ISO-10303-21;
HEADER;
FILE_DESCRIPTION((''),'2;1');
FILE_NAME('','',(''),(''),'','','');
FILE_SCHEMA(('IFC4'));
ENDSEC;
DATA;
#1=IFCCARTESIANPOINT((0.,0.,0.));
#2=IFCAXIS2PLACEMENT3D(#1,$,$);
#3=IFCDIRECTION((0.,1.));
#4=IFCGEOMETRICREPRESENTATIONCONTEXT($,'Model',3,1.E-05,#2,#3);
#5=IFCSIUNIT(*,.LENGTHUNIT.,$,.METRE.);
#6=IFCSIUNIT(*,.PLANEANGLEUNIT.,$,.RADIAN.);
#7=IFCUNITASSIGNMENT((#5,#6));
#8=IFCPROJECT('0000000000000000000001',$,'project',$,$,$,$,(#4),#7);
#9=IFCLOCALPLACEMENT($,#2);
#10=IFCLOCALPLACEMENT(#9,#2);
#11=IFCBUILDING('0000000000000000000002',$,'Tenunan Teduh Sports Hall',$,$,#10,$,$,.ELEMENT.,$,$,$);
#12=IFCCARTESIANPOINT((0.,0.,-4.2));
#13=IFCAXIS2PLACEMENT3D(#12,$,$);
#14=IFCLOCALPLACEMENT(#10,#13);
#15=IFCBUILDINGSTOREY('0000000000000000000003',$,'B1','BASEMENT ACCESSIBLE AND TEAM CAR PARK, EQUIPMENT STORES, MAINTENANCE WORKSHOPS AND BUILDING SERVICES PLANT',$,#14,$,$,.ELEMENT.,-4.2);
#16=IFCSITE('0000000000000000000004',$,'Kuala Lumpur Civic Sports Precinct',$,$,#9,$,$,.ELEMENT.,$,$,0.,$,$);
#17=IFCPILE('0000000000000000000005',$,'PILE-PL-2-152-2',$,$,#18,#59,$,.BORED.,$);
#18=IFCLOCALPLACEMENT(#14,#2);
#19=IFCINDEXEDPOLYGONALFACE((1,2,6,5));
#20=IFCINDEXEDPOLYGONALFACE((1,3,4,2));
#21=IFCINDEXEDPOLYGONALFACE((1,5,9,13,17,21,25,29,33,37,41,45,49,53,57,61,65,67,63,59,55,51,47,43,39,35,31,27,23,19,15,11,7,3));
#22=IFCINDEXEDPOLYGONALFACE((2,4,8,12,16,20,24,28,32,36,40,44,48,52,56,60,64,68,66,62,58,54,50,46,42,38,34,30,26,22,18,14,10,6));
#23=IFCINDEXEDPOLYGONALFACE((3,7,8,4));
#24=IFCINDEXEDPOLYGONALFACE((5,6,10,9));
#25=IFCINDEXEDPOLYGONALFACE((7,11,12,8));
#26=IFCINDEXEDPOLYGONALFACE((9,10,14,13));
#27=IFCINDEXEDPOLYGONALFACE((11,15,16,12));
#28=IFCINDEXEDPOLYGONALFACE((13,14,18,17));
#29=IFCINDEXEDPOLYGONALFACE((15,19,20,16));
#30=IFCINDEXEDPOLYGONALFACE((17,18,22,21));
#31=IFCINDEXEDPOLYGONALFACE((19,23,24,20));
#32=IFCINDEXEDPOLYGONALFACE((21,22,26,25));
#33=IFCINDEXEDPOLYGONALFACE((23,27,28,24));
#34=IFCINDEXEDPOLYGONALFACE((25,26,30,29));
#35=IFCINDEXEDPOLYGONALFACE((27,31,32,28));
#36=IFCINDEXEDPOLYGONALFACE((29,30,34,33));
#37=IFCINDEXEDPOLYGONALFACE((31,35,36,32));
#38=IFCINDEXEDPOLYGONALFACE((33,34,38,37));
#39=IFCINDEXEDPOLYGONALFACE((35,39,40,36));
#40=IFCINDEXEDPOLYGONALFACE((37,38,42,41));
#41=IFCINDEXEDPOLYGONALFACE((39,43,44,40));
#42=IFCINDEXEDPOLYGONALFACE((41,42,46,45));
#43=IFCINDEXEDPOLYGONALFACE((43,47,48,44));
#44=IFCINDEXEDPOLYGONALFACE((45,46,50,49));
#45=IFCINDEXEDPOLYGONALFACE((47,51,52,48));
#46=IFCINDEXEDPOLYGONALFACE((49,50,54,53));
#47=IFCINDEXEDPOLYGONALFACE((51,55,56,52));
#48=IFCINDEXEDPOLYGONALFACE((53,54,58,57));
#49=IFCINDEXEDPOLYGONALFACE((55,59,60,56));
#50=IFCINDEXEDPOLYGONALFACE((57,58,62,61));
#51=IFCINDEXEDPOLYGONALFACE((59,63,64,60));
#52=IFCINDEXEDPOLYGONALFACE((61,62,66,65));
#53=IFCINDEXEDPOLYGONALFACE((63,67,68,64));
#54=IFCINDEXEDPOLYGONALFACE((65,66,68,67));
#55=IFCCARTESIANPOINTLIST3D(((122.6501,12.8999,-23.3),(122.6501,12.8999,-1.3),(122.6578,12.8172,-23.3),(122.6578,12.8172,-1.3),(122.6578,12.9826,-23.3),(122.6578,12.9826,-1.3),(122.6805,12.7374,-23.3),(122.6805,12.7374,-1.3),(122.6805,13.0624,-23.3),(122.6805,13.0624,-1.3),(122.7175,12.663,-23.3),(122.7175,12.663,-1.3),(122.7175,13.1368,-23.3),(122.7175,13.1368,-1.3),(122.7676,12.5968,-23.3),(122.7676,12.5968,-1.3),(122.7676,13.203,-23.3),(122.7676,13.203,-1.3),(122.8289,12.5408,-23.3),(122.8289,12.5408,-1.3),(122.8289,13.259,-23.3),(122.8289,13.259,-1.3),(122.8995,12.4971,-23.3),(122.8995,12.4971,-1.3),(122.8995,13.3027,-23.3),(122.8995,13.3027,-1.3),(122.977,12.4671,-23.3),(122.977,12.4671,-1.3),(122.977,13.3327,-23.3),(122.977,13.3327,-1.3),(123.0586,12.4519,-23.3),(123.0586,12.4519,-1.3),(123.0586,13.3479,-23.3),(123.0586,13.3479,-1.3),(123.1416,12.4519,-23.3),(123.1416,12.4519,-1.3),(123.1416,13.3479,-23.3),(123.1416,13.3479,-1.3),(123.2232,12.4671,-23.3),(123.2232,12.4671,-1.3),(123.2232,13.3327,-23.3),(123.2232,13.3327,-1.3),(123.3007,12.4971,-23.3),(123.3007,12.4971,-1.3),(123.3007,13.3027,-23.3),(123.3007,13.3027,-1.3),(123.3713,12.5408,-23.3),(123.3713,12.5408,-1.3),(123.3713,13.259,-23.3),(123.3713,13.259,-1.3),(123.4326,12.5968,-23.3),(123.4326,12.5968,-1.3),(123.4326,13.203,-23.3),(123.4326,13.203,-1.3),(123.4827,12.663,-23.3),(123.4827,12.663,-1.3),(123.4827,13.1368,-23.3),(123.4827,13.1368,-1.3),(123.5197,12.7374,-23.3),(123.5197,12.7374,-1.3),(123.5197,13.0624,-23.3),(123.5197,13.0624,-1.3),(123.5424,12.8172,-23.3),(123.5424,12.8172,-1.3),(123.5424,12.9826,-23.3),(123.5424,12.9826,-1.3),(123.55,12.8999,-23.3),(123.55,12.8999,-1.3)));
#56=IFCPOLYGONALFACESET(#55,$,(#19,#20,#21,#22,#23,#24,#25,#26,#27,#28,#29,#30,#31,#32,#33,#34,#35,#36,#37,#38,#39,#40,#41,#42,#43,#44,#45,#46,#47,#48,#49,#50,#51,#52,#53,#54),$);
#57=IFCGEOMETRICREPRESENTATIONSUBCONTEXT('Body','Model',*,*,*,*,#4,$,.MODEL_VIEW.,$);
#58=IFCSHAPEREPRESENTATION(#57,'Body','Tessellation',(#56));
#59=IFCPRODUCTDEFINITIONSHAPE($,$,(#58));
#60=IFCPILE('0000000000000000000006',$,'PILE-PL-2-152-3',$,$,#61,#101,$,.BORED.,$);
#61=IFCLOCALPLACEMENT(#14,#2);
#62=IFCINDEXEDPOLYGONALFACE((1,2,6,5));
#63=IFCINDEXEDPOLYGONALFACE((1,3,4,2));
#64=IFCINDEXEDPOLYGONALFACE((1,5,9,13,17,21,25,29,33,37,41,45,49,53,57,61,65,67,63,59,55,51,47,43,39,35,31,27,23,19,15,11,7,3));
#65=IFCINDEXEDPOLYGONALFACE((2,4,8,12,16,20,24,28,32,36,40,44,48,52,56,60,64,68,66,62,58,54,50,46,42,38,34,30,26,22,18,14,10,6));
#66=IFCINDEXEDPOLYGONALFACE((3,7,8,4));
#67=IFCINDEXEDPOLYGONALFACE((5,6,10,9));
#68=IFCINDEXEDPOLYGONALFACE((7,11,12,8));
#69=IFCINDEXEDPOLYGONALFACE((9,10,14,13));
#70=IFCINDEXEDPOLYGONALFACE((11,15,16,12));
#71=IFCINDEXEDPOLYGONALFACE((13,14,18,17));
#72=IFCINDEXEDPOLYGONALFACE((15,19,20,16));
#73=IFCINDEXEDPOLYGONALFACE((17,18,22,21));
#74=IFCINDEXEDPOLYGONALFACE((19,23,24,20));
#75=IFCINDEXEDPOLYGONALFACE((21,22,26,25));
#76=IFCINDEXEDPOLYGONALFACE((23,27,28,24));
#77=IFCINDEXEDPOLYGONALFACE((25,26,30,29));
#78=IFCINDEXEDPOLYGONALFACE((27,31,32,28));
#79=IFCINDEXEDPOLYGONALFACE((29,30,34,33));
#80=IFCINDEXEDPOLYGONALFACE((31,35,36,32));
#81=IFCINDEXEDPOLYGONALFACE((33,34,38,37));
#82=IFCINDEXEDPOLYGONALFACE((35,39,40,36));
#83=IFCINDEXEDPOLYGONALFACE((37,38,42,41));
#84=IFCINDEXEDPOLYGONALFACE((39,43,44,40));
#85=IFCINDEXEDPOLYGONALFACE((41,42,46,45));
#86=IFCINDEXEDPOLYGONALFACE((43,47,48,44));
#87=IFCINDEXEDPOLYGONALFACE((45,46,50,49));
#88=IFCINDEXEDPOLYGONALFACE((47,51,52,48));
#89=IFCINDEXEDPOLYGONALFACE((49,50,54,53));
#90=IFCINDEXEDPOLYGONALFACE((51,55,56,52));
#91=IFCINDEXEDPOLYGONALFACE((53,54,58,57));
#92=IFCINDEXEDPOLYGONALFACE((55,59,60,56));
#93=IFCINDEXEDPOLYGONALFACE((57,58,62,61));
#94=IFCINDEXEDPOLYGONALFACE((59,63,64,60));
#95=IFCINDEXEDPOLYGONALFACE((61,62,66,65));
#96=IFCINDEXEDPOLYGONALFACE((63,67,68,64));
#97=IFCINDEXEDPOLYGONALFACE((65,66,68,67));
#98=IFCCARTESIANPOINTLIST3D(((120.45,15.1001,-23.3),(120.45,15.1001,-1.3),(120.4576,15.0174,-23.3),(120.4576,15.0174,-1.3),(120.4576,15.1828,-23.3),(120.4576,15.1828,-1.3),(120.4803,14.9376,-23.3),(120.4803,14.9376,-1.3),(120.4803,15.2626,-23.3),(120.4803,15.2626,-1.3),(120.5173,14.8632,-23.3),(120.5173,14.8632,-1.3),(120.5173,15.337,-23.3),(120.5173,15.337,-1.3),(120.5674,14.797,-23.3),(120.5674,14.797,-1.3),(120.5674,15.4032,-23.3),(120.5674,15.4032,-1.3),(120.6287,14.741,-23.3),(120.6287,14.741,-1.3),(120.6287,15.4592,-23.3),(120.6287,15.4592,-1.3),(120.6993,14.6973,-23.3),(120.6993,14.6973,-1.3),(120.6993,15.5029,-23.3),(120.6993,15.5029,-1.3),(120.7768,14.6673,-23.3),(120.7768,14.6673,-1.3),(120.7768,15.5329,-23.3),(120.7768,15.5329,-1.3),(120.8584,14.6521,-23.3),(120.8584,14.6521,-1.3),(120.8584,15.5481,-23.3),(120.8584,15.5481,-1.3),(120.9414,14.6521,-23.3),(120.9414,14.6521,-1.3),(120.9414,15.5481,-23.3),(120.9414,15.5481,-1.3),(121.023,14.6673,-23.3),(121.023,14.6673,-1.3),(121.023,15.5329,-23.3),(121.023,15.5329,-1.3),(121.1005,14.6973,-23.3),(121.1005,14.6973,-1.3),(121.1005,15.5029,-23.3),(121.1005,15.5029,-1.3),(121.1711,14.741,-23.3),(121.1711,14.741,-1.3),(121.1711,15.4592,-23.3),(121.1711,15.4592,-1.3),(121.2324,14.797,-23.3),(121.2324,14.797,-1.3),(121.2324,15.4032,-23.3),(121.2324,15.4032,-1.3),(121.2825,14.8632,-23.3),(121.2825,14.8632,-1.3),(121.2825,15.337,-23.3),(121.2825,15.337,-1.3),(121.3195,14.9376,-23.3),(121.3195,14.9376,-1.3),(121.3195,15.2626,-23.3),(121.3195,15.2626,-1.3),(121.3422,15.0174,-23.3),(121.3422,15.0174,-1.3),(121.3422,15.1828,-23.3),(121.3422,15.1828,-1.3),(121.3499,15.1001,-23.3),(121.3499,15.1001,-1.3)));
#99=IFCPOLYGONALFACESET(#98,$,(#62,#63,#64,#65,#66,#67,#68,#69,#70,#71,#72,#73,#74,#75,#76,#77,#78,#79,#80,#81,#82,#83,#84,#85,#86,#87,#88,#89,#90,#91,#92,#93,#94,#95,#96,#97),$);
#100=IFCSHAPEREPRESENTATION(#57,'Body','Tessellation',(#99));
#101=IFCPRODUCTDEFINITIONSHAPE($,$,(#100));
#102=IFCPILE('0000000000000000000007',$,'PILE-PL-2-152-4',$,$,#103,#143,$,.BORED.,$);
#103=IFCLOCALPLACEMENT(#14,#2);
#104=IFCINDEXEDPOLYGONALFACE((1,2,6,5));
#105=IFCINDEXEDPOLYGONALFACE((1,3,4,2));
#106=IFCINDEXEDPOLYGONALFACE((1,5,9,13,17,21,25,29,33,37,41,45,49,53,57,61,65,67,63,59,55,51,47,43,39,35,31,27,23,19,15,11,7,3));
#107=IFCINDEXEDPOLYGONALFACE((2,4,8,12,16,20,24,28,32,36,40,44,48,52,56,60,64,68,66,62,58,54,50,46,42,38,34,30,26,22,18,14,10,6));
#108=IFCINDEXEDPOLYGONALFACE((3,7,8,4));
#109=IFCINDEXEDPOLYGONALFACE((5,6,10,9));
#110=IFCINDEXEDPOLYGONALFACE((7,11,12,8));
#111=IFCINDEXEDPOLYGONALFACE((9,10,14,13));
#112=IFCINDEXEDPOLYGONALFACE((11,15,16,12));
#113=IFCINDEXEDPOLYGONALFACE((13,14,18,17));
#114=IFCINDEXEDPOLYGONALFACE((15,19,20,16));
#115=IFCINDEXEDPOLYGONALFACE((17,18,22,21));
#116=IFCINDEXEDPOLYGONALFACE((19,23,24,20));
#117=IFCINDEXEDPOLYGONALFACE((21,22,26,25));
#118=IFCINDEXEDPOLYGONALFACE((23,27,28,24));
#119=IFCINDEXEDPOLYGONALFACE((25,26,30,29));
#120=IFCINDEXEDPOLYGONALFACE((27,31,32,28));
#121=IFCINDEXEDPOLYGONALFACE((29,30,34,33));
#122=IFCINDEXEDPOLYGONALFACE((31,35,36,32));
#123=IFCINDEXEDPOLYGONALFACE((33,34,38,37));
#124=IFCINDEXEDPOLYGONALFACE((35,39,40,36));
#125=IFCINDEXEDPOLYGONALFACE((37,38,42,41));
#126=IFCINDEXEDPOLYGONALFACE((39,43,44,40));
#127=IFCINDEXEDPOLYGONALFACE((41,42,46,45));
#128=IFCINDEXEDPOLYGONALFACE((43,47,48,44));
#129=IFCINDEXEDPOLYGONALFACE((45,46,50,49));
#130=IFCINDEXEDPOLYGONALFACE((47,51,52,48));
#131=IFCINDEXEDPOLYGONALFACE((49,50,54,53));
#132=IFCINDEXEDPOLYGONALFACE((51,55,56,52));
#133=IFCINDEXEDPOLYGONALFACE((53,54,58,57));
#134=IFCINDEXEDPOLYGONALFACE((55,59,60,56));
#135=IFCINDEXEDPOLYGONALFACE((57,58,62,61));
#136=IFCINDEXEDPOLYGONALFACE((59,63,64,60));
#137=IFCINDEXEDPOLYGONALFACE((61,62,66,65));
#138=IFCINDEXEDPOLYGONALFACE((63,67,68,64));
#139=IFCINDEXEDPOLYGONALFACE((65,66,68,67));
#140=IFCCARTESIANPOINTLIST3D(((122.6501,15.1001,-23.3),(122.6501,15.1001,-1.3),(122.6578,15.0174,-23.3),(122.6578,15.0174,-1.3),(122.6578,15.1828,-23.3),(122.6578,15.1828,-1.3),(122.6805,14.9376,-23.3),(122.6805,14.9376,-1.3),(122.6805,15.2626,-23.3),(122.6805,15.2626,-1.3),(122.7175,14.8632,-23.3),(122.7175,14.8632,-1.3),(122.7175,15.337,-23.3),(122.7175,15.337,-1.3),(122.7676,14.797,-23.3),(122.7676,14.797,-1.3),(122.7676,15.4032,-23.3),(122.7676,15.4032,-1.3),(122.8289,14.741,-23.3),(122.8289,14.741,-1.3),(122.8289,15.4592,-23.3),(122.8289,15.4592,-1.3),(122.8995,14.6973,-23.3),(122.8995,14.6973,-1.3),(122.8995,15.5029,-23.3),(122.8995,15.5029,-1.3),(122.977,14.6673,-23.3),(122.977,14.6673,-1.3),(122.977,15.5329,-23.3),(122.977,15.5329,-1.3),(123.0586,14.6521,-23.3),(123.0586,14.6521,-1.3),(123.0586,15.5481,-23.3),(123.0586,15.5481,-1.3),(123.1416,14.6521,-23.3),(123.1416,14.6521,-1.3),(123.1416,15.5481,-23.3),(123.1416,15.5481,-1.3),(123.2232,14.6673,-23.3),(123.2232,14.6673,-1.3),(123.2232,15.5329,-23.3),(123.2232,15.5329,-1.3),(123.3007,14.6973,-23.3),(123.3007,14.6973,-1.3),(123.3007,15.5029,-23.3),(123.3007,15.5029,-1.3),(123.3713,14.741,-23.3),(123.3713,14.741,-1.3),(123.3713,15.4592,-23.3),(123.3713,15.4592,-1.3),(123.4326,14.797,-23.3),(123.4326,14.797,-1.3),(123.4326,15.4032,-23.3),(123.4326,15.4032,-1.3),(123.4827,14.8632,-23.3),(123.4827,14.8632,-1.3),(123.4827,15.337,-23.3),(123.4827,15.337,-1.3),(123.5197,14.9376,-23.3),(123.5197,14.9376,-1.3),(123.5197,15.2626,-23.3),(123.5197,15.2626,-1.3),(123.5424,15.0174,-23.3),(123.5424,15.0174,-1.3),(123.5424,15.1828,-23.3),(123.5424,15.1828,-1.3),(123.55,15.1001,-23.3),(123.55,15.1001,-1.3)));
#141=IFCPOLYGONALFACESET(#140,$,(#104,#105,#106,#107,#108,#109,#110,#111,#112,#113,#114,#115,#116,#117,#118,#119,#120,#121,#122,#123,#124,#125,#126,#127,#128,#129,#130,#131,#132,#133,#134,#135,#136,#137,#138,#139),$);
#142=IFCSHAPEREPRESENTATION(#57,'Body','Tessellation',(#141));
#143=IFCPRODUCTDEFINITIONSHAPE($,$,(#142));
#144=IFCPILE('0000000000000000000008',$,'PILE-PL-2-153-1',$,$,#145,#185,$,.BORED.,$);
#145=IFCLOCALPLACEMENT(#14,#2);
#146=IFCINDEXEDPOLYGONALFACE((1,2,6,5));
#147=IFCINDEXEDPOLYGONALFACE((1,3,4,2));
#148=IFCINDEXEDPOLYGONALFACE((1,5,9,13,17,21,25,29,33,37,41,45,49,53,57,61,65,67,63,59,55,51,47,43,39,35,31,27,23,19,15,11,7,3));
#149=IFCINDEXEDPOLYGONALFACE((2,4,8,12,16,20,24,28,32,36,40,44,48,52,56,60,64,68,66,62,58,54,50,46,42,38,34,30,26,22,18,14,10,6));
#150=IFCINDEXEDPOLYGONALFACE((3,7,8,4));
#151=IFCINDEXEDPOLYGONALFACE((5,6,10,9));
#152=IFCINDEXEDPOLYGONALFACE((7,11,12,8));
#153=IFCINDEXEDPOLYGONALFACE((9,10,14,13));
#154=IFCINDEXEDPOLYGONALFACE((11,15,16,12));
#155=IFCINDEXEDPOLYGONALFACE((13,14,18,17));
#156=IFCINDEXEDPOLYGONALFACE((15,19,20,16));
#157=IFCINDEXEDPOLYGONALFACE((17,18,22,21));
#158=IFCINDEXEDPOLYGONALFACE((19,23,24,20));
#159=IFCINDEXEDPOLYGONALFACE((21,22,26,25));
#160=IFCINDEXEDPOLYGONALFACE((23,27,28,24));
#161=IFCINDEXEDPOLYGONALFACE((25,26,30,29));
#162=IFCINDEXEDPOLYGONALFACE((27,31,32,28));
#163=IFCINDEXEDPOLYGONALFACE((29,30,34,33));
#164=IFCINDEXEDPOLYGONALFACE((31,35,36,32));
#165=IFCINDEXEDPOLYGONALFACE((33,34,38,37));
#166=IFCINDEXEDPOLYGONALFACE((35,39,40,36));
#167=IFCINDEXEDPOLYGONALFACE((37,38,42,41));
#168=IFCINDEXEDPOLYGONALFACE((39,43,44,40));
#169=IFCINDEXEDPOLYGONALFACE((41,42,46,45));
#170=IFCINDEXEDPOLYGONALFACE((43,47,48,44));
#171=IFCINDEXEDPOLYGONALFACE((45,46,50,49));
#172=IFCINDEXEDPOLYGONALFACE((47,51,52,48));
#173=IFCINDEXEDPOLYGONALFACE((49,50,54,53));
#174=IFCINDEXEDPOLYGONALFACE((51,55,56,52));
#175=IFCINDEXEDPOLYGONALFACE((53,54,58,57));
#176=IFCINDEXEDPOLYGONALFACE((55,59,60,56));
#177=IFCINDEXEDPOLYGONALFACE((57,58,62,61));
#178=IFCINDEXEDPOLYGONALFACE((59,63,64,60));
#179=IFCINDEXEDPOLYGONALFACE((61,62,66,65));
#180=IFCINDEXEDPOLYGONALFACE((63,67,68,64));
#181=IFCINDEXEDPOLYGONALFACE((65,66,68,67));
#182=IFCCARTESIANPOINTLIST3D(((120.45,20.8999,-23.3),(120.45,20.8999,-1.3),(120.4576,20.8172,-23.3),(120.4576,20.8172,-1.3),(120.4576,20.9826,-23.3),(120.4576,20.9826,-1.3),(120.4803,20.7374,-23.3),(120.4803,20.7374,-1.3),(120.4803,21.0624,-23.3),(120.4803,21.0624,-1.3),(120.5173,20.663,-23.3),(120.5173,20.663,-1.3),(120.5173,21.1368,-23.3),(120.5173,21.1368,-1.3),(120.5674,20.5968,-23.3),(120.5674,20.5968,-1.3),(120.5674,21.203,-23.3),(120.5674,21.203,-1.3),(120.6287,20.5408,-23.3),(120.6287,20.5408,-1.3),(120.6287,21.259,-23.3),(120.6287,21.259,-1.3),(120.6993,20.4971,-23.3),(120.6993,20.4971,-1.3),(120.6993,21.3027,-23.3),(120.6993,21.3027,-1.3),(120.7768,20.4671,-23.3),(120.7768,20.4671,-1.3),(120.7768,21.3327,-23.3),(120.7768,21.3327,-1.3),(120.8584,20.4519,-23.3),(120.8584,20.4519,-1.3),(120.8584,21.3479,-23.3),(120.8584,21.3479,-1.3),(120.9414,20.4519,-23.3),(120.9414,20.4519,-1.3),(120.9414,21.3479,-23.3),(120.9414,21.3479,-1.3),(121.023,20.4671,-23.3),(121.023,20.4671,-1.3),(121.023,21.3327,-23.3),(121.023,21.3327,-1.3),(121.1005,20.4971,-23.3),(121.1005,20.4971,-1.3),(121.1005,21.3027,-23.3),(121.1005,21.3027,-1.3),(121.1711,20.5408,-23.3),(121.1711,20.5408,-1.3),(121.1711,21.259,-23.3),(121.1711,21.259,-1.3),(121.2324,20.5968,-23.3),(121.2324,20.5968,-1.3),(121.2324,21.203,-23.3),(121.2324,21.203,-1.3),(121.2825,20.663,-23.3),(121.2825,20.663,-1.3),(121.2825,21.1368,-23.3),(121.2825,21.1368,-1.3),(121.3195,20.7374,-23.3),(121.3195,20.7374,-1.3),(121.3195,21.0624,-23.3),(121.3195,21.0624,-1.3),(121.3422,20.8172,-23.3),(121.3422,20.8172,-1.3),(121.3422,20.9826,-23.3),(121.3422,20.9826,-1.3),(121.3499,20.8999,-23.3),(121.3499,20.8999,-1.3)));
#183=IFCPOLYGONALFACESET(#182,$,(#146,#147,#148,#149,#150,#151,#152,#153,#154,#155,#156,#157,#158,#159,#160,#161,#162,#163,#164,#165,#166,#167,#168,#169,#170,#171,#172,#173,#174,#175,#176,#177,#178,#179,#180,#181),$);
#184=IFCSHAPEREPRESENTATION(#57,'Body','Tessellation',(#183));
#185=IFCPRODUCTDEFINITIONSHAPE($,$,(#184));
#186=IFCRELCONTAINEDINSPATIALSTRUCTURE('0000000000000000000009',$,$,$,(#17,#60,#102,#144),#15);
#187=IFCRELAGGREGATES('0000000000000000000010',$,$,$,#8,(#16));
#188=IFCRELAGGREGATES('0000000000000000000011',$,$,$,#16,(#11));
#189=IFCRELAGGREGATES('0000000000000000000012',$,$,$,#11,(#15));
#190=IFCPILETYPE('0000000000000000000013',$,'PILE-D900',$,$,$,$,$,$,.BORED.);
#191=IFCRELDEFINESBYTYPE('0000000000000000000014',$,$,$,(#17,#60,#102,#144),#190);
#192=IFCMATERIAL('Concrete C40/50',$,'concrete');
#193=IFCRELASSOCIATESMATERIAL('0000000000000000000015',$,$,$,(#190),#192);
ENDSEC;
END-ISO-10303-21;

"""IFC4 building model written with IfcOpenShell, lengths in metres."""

from ifc_helpers import new_model, si_unit, direction, frame, origin, origin_2d, place, context, subcontext, project, spatial, circle, extrude, material, material_profile, profile_set, type_object, element, save


model = new_model("IFC4")

# Units and contexts
model_context = context("Model", 3, precision=1e-05, world=origin(), true_north=direction((0.0, 1.0)))
body_context = subcontext(model_context, "Body", "Model", "MODEL_VIEW")
ifc_project = project(units=[si_unit("LENGTHUNIT", "METRE"), si_unit("PLANEANGLEUNIT", "RADIAN")], contexts=[model_context])

# Site, building, storey
site_placement = place(None, origin())
site = spatial("IfcSite", under=ifc_project, at=site_placement, Name="Kuala Lumpur Civic Sports Precinct", CompositionType="ELEMENT", RefElevation=0.0)
building_placement = place(site_placement, origin())
building = spatial("IfcBuilding", under=site, at=building_placement, Name="Tenunan Teduh Sports Hall", CompositionType="ELEMENT")
storey_placement = place(building_placement, frame((0.0, 0.0, -4.2)))
storey = spatial("IfcBuildingStorey", under=building, at=storey_placement, Name="B1", Description="BASEMENT ACCESSIBLE AND TEAM CAR PARK, EQUIPMENT STORES, MAINTENANCE WORKSHOPS AND BUILDING SERVICES PLANT", CompositionType="ELEMENT", Elevation=-4.2)

# Piles
ifc_material_1 = material(Name="Concrete C40/50", Category="concrete")
ifc_material_profile_1 = material_profile(ifc_material_1, circle(Radius=0.45, at=origin_2d()), Name="PILE D900")
ifc_profile_set_1 = profile_set([ifc_material_profile_1], Name="Concrete C40/50")
pile_type_1 = type_object("IfcPileType", Name="PILE-D900", PredefinedType="BORED", material=ifc_profile_set_1)
for number, where, z_axis, x_axis, name in (
    (1, (123.1001, 12.8999, -1.3), (0.0, 0.0, -1.0), (1.0, 0.0, 0.0), "PILE-PL-2-152-2"),
    (2, (120.8999, 15.1001, -1.3), (0.0, 0.0, -1.0), (1.0, 0.0, 0.0), "PILE-PL-2-152-3"),
    (3, (123.1001, 15.1001, -1.3), (0.0, 0.0, -1.0), (1.0, 0.0, 0.0), "PILE-PL-2-152-4"),
    (4, (120.8999, 20.8999, -1.3), (0.0, 0.0, -1.0), (1.0, 0.0, 0.0), "PILE-PL-2-153-1"),
):
    element("IfcPile", number, at=place(storey_placement, frame(where, z_axis=z_axis, x_axis=x_axis)), inside=storey, type_object=pile_type_1, Name=name, PredefinedType="BORED", context=body_context, shape_type="SweptSolid", body=[
        extrude(circle(Radius=0.45, at=origin_2d()), origin(), (0.0, 0.0, 1.0), 22.0),
    ])

save(model, "model.ifc")
